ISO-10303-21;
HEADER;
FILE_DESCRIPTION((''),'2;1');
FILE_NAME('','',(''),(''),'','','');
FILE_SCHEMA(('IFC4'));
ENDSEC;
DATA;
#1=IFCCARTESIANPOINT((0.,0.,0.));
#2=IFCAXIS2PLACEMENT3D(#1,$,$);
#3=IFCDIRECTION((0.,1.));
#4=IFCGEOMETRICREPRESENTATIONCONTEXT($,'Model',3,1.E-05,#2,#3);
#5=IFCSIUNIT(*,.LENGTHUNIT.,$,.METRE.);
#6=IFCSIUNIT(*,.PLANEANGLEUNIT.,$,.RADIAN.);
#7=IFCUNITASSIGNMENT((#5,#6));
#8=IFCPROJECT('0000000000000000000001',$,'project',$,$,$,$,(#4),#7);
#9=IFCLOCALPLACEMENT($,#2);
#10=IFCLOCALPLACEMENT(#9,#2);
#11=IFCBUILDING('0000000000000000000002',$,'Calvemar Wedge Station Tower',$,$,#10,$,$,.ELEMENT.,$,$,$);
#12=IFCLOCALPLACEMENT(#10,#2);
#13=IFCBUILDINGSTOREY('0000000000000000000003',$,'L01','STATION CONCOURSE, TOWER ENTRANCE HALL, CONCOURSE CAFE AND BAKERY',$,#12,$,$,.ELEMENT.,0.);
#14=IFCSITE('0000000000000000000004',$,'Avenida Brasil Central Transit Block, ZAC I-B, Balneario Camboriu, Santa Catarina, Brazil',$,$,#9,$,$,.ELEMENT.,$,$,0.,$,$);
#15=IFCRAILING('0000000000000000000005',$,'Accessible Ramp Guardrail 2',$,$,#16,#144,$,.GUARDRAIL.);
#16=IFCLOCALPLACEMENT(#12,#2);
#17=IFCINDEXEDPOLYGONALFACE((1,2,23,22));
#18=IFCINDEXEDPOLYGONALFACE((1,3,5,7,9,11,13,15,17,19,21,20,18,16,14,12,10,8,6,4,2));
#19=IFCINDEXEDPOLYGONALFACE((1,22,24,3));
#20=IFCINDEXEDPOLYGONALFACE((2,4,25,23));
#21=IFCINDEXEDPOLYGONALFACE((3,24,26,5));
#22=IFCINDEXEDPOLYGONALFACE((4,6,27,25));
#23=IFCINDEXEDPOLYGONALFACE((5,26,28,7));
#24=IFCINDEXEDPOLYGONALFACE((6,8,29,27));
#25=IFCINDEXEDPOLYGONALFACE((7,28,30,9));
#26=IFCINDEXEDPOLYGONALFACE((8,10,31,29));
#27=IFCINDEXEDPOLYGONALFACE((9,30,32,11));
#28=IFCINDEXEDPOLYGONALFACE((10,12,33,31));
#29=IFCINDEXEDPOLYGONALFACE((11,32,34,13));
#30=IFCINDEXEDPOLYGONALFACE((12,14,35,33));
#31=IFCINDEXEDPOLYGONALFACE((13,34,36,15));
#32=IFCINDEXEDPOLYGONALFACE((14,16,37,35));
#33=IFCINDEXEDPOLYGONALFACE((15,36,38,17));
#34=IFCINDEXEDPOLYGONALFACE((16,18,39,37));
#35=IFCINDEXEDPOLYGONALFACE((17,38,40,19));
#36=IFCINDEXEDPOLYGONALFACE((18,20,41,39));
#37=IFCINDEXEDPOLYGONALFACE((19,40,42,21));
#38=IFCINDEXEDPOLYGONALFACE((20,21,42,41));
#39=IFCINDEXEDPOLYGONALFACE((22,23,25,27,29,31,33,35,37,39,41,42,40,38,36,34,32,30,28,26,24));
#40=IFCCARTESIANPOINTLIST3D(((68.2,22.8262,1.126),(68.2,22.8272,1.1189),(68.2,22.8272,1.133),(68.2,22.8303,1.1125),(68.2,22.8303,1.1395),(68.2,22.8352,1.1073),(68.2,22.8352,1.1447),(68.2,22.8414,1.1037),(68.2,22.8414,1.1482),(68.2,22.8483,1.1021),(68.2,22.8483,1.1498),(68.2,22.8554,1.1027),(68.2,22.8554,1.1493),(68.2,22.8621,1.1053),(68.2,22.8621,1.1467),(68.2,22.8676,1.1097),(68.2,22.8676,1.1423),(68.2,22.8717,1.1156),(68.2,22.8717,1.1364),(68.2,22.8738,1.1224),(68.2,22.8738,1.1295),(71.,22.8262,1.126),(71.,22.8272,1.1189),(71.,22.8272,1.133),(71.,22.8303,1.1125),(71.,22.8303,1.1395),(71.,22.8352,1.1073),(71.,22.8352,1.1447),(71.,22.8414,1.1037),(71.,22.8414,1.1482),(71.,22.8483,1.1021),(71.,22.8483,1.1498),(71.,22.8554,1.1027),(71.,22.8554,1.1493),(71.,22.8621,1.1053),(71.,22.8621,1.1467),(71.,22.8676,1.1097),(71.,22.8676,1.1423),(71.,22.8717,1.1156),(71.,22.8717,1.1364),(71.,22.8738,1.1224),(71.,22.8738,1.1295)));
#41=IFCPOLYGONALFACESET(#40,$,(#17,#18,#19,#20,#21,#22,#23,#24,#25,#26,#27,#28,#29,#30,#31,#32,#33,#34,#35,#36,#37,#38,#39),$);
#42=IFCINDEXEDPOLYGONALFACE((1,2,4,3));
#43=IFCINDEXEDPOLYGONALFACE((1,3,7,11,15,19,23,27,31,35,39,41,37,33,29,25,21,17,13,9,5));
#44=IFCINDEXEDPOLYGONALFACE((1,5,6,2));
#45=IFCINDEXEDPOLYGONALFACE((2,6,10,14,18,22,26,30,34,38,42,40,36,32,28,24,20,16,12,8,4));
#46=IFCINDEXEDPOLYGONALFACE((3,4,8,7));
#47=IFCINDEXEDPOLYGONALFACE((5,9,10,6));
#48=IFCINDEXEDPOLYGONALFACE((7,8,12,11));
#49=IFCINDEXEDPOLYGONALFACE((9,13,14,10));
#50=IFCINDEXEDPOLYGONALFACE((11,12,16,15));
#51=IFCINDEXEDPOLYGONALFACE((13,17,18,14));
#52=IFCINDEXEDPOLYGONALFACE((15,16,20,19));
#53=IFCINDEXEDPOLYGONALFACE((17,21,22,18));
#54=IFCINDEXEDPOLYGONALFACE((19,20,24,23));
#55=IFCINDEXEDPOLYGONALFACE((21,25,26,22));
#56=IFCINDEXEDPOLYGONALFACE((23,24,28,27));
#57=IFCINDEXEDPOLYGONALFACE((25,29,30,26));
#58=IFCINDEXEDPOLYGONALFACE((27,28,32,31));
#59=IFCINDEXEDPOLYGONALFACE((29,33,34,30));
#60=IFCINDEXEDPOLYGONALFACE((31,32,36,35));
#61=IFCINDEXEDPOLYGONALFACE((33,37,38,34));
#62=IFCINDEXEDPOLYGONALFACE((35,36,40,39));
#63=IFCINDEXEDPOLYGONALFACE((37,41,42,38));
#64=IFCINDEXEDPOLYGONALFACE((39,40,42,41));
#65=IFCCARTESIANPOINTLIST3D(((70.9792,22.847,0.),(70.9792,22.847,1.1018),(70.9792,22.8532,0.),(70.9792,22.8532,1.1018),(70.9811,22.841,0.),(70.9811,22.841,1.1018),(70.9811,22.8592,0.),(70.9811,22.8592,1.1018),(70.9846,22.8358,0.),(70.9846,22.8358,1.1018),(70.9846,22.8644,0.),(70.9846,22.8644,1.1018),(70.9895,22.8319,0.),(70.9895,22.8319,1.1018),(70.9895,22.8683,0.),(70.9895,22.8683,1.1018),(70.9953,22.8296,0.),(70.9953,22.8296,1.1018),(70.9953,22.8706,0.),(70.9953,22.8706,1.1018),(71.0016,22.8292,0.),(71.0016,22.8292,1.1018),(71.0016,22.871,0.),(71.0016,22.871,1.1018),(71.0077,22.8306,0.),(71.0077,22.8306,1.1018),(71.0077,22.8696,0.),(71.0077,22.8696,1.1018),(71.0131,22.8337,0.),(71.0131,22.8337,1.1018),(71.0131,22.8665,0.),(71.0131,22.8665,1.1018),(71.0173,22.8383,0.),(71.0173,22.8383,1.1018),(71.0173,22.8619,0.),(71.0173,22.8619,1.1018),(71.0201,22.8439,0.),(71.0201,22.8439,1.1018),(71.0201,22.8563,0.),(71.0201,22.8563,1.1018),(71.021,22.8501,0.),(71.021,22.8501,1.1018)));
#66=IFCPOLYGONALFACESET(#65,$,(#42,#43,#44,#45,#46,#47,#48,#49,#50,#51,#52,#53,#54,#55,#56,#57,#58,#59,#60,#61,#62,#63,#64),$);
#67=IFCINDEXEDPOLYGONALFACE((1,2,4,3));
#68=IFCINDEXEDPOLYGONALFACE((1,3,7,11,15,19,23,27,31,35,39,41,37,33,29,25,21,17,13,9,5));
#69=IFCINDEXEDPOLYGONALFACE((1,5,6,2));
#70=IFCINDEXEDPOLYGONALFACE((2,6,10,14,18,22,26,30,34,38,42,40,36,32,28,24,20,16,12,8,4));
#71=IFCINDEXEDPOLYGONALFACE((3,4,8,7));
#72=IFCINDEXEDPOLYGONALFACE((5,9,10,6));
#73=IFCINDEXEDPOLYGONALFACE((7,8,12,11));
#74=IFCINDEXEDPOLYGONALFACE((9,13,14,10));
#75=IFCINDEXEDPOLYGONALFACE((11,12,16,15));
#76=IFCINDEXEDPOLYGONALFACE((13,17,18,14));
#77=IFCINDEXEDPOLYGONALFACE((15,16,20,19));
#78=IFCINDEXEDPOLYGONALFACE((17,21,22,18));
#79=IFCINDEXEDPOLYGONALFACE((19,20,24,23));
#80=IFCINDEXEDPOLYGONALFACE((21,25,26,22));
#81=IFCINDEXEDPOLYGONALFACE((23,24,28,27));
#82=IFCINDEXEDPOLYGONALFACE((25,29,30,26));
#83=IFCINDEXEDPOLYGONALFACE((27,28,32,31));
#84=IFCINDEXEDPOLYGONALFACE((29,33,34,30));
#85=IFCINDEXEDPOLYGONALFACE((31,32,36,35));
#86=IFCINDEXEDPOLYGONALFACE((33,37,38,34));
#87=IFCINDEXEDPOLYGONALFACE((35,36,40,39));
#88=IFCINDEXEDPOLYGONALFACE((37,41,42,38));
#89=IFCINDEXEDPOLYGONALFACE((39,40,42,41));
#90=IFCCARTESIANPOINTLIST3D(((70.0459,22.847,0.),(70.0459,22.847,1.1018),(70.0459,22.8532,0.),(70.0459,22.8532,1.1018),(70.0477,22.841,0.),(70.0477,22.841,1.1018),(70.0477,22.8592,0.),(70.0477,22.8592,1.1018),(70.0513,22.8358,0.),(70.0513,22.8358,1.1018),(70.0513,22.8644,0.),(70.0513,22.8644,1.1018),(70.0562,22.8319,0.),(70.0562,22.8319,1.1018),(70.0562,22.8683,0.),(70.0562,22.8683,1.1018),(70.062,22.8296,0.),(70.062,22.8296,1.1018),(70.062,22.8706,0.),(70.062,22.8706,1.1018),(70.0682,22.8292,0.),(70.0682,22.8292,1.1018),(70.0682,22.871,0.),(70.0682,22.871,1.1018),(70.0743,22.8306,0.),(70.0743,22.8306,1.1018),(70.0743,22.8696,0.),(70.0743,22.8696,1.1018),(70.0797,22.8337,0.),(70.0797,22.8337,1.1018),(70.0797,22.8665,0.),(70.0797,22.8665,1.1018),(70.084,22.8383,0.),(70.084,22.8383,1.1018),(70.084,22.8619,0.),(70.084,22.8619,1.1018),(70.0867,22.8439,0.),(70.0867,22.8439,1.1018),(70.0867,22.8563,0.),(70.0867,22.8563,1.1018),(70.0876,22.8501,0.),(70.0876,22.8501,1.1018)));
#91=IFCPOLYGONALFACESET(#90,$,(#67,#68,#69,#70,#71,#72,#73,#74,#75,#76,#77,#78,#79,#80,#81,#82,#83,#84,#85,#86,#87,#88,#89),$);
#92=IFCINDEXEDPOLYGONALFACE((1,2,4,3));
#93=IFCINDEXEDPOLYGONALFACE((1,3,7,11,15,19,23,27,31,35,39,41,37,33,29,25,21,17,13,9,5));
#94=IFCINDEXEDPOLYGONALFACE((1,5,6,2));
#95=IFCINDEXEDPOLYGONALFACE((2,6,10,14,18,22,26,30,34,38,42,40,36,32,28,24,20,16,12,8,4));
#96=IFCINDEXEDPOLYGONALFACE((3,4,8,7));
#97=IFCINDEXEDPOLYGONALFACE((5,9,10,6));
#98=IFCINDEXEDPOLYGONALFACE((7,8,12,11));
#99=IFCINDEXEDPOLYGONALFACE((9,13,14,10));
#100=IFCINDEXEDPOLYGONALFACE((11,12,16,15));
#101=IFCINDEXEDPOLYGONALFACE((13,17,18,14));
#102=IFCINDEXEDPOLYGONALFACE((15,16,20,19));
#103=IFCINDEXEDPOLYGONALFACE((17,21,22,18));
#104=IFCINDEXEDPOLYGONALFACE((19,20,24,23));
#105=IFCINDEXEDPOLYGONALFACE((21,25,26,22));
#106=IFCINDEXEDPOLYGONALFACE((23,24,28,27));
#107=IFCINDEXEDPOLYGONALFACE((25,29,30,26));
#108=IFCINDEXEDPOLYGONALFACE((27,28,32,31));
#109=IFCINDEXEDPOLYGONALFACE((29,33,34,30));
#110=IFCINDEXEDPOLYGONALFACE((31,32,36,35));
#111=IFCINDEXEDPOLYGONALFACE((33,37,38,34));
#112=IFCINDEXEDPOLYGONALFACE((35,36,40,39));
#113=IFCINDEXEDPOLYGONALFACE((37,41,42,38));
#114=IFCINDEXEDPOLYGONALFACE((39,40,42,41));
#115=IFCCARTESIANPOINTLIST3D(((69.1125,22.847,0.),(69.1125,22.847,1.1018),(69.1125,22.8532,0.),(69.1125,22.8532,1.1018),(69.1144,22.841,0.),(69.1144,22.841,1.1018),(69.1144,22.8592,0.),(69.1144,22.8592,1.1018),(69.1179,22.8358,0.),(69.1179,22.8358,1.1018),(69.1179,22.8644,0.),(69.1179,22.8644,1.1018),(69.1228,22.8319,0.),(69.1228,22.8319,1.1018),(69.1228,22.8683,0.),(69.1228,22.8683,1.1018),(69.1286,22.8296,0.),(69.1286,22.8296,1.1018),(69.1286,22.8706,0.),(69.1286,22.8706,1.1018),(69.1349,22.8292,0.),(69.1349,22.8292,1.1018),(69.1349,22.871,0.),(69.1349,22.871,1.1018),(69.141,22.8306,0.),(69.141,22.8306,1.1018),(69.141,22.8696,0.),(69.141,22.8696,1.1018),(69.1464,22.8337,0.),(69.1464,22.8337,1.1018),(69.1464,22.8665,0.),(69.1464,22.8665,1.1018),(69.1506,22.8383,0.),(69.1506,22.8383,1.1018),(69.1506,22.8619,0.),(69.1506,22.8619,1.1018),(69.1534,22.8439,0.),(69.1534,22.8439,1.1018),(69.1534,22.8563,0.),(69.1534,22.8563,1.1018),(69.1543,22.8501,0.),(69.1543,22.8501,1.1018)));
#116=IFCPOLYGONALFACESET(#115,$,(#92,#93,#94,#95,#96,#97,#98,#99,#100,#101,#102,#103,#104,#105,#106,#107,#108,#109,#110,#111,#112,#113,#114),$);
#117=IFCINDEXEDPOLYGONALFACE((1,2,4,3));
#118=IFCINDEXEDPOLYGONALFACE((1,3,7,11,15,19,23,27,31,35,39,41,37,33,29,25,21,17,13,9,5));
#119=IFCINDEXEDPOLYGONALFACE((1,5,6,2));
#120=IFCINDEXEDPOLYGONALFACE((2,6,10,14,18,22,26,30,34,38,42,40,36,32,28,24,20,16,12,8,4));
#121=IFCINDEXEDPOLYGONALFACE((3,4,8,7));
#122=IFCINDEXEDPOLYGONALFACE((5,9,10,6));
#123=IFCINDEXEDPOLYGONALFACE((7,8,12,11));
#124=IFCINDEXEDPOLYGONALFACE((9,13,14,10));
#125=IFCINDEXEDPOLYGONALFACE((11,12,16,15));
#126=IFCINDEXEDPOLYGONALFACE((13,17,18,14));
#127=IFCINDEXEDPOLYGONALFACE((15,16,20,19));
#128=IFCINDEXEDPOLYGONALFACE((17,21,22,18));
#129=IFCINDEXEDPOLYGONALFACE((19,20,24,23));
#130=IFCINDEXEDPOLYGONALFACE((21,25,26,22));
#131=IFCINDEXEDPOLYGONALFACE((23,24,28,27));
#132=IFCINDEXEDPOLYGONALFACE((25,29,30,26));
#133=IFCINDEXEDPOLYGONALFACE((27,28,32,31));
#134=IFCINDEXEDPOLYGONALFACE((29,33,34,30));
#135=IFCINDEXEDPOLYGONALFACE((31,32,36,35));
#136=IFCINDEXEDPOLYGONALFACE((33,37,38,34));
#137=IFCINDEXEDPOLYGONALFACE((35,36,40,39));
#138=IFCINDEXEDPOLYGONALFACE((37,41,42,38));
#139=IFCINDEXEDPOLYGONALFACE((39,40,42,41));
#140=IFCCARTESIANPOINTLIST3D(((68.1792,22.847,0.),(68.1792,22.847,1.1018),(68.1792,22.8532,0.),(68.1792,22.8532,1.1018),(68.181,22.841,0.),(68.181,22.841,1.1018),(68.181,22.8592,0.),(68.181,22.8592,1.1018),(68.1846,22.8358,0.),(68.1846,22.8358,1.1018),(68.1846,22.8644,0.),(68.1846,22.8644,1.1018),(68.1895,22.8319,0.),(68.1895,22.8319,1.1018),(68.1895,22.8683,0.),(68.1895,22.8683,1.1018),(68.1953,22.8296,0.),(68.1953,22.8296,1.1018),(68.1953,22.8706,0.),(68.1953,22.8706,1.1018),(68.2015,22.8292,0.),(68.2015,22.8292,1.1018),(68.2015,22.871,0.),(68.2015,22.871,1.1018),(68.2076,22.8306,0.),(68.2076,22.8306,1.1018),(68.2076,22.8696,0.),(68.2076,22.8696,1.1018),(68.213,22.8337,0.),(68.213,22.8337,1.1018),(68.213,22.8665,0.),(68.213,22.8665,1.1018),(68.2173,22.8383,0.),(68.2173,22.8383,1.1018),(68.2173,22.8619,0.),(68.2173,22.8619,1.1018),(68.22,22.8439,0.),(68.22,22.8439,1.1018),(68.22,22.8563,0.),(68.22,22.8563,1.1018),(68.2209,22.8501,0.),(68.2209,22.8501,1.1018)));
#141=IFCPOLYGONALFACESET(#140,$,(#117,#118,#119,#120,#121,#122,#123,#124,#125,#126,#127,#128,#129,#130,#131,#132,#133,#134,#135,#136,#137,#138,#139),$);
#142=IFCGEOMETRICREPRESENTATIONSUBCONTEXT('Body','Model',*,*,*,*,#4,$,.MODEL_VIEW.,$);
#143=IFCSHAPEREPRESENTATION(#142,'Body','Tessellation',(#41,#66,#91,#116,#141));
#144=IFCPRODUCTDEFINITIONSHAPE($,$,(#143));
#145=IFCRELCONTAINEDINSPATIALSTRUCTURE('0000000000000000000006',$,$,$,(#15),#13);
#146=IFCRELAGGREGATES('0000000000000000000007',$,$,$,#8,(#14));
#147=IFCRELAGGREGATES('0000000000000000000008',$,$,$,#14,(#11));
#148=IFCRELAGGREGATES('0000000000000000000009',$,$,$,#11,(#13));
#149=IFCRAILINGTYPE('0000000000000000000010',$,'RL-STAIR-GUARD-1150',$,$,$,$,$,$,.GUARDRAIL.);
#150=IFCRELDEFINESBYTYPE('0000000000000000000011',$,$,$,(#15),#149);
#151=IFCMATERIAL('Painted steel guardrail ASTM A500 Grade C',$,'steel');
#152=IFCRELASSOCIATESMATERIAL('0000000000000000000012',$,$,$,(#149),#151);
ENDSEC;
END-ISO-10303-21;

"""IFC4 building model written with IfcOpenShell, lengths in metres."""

from ifc_helpers import new_model, si_unit, direction, frame, origin, origin_2d, place, context, subcontext, project, spatial, circle, extrude, material, type_object, element, save


model = new_model("IFC4")

# Units and contexts
model_context = context("Model", 3, precision=1e-05, world=origin(), true_north=direction((0.0, 1.0)))
body_context = subcontext(model_context, "Body", "Model", "MODEL_VIEW")
ifc_project = project(units=[si_unit("LENGTHUNIT", "METRE"), si_unit("PLANEANGLEUNIT", "RADIAN")], contexts=[model_context])

# Site, building, storey
site_placement = place(None, origin())
site = spatial("IfcSite", under=ifc_project, at=site_placement, Name="Avenida Brasil Central Transit Block, ZAC I-B, Balneario Camboriu, Santa Catarina, Brazil", CompositionType="ELEMENT", RefElevation=0.0)
building_placement = place(site_placement, origin())
building = spatial("IfcBuilding", under=site, at=building_placement, Name="Calvemar Wedge Station Tower", CompositionType="ELEMENT")
storey_placement = place(building_placement, origin())
storey = spatial("IfcBuildingStorey", under=building, at=storey_placement, Name="L01", Description="STATION CONCOURSE, TOWER ENTRANCE HALL, CONCOURSE CAFE AND BAKERY", CompositionType="ELEMENT", Elevation=0.0)

# Railing
ifc_material_1 = material(Name="Painted steel guardrail ASTM A500 Grade C", Category="steel")
railing_type = type_object("IfcRailingType", Name="RL-STAIR-GUARD-1150", PredefinedType="GUARDRAIL", material=ifc_material_1)
for number, where, name in (
    (1, (71.0, 22.8501, 0.0), "Accessible Ramp Guardrail 2"),
):
    element("IfcRailing", number, at=place(storey_placement, frame(where)), inside=storey, type_object=railing_type, Name=name, PredefinedType="GUARDRAIL", context=body_context, shape_type="SweptSolid", body=[
        extrude(circle(Radius=0.0239, at=origin_2d()), frame((0.0, 0.0, 1.126), z_axis=(-1.0, 0.0, 0.0), x_axis=(0.0, -1.0, 0.0)), (0.0, 0.0, 1.0), 2.8),
        extrude(circle(Radius=0.021, at=origin_2d()), origin(), (0.0, 0.0, 1.0), 1.1018),
        extrude(circle(Radius=0.021, at=origin_2d()), frame((-0.9333, 0.0, 0.0)), (0.0, 0.0, 1.0), 1.1018),
        extrude(circle(Radius=0.021, at=origin_2d()), frame((-1.8667, 0.0, 0.0)), (0.0, 0.0, 1.0), 1.1018),
        extrude(circle(Radius=0.021, at=origin_2d()), frame((-2.8, 0.0, 0.0)), (0.0, 0.0, 1.0), 1.1018),
    ])

save(model, "model.ifc")
